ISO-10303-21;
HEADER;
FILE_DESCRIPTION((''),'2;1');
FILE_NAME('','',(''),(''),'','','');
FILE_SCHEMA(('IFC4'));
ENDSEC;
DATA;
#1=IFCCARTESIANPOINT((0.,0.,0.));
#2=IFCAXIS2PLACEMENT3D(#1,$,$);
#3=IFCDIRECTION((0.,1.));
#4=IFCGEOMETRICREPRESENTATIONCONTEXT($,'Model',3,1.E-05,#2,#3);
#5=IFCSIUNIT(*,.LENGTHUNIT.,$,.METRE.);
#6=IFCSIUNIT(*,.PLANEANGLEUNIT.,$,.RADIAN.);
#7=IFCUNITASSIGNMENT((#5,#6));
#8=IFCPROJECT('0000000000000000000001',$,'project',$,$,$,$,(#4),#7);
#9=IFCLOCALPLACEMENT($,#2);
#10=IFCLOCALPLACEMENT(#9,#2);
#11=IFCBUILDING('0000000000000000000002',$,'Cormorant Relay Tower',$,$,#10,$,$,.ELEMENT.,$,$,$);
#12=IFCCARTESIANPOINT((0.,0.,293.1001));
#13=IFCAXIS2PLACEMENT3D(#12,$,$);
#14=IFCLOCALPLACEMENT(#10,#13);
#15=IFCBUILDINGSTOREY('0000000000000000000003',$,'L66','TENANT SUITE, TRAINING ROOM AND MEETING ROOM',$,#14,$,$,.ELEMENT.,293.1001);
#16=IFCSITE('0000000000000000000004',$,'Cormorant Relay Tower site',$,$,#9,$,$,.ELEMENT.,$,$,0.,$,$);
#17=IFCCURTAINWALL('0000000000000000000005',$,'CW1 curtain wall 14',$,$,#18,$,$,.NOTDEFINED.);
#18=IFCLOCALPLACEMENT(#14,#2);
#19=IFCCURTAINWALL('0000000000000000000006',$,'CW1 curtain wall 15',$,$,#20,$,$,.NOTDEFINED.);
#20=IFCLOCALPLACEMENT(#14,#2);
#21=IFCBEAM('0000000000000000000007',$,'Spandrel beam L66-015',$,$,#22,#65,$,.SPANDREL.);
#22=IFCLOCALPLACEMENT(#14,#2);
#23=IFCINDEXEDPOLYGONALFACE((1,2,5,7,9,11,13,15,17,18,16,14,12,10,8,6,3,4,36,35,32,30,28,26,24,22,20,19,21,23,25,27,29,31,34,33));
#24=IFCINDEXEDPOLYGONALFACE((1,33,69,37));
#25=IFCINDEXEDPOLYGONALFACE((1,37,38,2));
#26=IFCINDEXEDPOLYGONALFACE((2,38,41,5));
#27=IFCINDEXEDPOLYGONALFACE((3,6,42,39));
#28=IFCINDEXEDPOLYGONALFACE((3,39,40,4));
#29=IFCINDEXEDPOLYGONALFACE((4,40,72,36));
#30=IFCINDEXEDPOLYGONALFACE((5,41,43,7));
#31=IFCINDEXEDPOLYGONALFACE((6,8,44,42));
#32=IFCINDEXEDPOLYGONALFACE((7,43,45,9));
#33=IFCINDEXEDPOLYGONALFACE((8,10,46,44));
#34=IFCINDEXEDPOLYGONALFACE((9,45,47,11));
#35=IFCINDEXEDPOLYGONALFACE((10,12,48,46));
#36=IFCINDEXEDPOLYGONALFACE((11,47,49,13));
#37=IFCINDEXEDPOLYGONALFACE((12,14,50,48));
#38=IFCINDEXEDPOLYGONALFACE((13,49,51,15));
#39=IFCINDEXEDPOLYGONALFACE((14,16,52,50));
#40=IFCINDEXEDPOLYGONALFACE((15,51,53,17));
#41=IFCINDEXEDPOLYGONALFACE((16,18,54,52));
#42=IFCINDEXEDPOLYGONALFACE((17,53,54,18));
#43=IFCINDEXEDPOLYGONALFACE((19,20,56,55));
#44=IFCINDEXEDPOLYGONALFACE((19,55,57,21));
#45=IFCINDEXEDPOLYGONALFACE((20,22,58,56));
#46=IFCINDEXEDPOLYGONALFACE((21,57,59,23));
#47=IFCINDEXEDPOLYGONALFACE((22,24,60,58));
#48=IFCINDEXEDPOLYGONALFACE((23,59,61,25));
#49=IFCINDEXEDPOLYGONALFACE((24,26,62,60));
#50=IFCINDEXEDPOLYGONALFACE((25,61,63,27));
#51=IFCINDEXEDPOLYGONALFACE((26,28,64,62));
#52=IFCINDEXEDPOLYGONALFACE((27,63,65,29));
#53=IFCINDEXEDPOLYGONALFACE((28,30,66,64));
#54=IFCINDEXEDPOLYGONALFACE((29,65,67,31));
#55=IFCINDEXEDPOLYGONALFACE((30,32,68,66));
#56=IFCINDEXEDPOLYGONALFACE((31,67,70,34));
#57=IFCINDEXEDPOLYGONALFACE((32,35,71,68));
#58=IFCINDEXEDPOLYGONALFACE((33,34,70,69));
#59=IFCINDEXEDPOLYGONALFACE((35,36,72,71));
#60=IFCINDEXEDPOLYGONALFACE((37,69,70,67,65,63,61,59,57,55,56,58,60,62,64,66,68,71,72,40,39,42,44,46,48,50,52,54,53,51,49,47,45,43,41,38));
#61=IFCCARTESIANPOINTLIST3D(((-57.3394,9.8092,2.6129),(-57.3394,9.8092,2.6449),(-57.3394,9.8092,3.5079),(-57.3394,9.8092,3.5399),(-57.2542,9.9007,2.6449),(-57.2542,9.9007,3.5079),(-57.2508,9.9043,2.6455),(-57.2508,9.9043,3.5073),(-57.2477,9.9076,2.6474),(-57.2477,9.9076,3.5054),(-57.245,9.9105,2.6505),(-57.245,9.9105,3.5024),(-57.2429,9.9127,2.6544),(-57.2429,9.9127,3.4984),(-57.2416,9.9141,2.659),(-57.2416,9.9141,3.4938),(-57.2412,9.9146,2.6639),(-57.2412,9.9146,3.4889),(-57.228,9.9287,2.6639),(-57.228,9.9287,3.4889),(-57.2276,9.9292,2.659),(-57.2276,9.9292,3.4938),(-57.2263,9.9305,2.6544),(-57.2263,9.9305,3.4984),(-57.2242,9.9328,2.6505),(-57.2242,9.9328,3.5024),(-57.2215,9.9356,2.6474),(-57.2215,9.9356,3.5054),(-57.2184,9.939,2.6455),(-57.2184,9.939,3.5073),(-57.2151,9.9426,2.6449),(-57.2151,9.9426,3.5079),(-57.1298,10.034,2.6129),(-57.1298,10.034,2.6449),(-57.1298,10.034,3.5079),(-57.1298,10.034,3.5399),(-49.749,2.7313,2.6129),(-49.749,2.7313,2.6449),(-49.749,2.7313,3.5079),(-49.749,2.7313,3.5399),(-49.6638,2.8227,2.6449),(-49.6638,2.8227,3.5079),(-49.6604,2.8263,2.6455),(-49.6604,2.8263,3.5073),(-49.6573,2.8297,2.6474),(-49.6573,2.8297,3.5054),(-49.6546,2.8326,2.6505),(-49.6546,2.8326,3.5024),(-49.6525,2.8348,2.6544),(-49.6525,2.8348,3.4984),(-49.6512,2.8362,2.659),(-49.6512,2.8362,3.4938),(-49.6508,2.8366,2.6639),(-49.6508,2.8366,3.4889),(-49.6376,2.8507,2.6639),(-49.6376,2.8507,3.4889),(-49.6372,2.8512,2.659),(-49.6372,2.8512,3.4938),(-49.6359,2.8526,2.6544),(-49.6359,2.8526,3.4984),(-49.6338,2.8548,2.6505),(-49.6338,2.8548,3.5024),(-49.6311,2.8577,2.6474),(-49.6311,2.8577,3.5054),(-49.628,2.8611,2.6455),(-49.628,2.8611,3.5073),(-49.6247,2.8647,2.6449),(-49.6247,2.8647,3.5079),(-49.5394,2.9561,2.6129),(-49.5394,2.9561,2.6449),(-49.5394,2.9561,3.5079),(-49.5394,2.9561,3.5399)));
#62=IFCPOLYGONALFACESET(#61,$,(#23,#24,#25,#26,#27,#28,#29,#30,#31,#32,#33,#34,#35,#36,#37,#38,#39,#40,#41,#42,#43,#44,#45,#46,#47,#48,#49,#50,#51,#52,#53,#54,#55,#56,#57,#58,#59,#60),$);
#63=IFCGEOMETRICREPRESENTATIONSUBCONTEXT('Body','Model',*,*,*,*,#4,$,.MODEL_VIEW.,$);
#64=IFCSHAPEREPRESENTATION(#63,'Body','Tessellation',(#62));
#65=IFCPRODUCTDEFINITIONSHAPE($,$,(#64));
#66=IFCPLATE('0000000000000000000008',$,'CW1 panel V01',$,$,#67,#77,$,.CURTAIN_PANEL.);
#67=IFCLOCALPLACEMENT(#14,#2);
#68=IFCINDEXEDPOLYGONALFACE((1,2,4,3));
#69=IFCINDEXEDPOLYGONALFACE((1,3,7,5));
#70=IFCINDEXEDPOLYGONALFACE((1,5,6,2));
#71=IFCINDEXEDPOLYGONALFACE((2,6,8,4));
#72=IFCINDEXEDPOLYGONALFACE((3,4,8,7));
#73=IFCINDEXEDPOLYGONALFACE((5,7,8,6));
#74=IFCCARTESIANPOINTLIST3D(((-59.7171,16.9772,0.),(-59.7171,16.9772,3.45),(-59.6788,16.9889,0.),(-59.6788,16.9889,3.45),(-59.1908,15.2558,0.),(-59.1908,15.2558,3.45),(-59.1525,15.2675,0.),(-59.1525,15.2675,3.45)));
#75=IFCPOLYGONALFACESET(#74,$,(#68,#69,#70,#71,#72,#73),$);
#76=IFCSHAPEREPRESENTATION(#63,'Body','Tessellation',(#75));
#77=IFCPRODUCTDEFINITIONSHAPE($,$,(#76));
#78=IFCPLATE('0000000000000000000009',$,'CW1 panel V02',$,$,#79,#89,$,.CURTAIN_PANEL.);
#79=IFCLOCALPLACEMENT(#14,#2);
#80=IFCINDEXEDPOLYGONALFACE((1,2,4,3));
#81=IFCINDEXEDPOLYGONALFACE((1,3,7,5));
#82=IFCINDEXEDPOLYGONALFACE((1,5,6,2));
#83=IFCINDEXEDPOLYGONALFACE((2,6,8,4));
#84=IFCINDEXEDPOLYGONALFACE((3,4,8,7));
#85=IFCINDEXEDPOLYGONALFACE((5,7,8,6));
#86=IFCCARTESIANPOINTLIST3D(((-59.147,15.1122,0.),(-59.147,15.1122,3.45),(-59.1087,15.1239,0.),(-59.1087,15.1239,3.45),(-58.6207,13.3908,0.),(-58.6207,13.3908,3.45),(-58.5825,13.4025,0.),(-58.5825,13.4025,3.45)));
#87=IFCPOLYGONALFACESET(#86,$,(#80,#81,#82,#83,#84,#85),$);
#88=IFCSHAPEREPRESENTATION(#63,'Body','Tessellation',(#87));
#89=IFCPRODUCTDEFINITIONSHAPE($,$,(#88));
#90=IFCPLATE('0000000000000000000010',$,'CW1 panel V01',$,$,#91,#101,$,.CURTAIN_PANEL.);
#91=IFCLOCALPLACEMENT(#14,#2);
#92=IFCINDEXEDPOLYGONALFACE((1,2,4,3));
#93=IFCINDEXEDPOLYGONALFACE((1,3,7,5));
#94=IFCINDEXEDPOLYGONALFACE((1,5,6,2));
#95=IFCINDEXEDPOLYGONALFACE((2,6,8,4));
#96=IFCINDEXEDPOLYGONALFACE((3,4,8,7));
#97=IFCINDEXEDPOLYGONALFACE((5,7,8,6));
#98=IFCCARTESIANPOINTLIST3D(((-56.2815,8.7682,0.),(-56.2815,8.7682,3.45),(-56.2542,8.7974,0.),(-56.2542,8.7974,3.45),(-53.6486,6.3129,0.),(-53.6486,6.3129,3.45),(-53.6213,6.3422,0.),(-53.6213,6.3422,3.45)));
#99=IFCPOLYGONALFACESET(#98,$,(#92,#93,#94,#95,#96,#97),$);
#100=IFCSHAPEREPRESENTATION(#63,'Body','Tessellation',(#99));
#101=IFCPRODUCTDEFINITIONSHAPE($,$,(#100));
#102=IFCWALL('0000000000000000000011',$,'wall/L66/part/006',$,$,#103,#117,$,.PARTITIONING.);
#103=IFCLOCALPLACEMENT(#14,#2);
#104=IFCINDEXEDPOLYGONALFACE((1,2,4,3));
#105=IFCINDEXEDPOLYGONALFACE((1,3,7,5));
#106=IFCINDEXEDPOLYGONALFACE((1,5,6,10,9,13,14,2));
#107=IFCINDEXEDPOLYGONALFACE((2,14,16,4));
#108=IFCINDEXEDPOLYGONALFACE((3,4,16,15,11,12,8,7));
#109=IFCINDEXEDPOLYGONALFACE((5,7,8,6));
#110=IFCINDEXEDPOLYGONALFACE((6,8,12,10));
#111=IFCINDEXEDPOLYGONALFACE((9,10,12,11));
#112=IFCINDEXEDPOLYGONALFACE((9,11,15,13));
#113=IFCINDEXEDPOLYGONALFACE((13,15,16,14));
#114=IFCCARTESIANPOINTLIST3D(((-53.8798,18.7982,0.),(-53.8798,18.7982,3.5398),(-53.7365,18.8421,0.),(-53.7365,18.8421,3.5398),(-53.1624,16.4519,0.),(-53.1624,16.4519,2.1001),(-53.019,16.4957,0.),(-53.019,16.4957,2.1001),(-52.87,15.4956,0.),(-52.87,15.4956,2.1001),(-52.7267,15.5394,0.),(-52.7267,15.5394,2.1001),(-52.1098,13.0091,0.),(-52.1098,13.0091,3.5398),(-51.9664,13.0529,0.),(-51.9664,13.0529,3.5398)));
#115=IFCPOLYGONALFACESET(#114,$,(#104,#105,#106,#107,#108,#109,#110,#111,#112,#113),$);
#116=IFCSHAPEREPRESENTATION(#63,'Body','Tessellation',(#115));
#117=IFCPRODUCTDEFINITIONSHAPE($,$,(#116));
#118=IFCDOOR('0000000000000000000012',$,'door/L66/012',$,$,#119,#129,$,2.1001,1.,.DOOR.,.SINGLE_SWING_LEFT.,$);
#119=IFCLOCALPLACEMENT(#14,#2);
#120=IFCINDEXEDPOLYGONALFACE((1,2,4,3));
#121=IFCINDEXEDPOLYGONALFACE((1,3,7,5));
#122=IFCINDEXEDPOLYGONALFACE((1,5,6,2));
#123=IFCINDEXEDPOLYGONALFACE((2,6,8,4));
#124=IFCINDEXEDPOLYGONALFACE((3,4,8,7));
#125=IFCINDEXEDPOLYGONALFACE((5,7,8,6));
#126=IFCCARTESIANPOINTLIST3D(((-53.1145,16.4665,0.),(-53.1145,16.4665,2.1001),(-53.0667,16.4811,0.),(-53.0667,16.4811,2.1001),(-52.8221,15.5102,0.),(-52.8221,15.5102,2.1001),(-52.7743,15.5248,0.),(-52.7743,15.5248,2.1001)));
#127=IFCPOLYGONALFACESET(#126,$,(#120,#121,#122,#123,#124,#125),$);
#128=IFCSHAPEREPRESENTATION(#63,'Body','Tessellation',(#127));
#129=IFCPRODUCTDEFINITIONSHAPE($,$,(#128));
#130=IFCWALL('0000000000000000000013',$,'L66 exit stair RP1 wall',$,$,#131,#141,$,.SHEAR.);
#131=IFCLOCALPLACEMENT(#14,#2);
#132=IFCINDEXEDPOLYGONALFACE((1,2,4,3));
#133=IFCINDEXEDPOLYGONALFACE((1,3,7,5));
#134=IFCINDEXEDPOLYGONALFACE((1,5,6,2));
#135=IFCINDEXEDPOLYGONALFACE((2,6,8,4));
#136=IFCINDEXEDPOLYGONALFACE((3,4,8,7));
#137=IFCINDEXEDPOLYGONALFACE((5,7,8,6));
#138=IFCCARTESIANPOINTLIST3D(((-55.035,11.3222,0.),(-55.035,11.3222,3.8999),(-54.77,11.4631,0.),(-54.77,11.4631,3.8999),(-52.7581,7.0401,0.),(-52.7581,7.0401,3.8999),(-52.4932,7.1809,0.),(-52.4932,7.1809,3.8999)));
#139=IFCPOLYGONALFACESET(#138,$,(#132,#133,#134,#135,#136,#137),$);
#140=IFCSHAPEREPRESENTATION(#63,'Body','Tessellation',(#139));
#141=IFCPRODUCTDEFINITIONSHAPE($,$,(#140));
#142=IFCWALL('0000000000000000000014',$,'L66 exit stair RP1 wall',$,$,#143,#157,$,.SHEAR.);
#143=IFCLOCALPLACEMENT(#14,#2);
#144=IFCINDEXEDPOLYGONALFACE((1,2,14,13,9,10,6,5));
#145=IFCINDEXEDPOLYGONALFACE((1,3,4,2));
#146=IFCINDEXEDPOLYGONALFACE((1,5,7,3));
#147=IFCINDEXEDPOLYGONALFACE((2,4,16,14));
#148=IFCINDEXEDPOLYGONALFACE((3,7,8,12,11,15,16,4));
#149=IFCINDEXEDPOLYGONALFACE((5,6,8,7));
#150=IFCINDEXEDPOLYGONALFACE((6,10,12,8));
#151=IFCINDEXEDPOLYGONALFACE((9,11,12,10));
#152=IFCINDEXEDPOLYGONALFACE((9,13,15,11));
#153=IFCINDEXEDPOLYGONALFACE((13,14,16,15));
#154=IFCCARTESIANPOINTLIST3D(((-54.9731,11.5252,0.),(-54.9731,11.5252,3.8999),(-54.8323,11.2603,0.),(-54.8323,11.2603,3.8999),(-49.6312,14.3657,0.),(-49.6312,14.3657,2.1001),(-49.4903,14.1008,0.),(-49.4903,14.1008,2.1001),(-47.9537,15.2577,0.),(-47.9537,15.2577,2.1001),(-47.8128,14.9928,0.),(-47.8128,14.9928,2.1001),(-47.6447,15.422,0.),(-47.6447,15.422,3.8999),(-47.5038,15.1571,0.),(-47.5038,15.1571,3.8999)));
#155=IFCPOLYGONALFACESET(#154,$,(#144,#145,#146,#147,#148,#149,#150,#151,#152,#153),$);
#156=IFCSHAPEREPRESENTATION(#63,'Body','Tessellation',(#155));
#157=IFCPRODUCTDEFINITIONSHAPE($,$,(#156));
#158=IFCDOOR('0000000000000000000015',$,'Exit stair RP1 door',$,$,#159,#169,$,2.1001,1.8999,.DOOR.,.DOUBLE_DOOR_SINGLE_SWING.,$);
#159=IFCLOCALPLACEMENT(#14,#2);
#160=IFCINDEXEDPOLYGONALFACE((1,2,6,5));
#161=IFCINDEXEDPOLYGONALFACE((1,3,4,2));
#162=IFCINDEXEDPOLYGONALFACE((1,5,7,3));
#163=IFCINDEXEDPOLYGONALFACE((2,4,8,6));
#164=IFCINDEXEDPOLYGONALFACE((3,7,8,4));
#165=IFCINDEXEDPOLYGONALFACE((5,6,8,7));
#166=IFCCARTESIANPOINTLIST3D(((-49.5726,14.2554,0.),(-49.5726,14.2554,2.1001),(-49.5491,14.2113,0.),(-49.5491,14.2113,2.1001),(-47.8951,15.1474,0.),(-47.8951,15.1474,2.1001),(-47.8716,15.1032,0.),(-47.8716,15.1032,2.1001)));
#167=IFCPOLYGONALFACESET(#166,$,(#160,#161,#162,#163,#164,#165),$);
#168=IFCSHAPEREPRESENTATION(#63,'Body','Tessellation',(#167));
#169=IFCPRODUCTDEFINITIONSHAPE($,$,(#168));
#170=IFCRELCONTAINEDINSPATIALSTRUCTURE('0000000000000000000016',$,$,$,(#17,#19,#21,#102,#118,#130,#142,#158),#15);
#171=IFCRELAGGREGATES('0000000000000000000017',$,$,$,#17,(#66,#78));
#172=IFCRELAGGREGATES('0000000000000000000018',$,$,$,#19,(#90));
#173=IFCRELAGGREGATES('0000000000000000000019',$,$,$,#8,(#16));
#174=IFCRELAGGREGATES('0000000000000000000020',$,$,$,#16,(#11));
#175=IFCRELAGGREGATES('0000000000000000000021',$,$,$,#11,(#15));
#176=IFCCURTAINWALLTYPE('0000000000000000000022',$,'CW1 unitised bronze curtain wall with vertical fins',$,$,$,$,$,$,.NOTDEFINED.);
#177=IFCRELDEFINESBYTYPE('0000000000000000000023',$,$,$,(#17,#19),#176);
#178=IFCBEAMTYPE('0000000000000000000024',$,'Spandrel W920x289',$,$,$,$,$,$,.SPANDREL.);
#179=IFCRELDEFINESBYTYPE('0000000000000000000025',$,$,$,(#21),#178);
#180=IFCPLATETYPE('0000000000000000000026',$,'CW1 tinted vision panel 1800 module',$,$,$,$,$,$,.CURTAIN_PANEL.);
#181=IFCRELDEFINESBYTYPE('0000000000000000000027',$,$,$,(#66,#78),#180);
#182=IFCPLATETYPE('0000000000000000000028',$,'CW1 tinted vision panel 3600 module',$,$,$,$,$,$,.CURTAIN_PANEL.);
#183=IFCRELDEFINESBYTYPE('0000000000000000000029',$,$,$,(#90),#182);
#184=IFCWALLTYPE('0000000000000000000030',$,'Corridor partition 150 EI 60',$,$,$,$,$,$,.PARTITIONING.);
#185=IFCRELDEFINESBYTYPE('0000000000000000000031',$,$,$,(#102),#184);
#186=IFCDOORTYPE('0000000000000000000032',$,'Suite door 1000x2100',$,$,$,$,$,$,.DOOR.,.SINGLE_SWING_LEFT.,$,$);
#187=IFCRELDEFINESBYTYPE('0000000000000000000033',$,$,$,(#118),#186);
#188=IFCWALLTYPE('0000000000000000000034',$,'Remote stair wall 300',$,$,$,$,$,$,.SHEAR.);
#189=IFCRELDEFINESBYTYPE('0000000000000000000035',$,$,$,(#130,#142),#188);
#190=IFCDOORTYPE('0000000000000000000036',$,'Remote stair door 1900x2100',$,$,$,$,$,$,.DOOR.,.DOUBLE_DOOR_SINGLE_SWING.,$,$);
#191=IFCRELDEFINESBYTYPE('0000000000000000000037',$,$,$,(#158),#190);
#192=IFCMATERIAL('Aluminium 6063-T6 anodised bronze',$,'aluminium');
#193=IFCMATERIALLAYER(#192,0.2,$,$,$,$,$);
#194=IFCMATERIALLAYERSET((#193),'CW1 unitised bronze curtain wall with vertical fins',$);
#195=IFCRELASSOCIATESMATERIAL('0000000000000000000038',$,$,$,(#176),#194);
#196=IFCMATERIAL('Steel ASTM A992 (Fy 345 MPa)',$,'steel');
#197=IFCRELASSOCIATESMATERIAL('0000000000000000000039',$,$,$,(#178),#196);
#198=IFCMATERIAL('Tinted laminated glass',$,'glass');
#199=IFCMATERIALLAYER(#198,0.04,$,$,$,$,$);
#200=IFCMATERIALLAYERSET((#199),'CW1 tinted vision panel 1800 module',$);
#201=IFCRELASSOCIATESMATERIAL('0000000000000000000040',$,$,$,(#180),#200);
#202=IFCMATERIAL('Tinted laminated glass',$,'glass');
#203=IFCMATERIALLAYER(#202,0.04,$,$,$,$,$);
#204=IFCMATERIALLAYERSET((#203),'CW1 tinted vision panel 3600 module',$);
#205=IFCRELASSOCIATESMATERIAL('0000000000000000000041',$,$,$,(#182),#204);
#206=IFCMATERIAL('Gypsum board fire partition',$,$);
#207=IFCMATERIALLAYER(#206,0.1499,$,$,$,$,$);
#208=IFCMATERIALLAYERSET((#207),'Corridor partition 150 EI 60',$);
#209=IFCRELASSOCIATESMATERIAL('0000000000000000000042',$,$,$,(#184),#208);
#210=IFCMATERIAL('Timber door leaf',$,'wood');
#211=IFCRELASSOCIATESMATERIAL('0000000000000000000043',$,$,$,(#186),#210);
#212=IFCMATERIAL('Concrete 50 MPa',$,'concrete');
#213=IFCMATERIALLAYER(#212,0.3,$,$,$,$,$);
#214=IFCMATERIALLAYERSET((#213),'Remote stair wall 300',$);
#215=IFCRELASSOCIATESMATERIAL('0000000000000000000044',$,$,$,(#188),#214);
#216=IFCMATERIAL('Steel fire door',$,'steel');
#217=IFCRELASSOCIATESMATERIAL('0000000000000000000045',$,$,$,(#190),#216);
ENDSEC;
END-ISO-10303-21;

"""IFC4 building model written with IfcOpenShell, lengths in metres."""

from ifc_helpers import new_model, si_unit, direction, frame, frame_2d, origin, origin_2d, place, context, subcontext, project, spatial, rectangle, i_section, extrude, material, layer, layer_set, material_profile, profile_set, type_object, element, fill, aggregate, save


model = new_model("IFC4")

# Units and contexts
model_context = context("Model", 3, precision=1e-05, world=origin(), true_north=direction((0.0, 1.0)))
body_context = subcontext(model_context, "Body", "Model", "MODEL_VIEW")
ifc_project = project(units=[si_unit("LENGTHUNIT", "METRE"), si_unit("PLANEANGLEUNIT", "RADIAN")], contexts=[model_context])

# Site, building, storey
site_placement = place(None, origin())
site = spatial("IfcSite", under=ifc_project, at=site_placement, Name="Cormorant Relay Tower site", CompositionType="ELEMENT", RefElevation=0.0)
building_placement = place(site_placement, origin())
building = spatial("IfcBuilding", under=site, at=building_placement, Name="Cormorant Relay Tower", CompositionType="ELEMENT")
storey_placement = place(building_placement, frame((0.0, 0.0, 293.1001)))
storey = spatial("IfcBuildingStorey", under=building, at=storey_placement, Name="L66", Description="TENANT SUITE, TRAINING ROOM AND MEETING ROOM", CompositionType="ELEMENT", Elevation=293.1001)

# Curtain wall
ifc_material_1 = material(Name="Aluminium 6063-T6 anodised bronze", Category="aluminium")
ifc_layer_1 = layer(ifc_material_1, 0.2)
ifc_layer_set_1 = layer_set([ifc_layer_1], Name="CW1 unitised bronze curtain wall with vertical fins")
curtain_wall_type = type_object("IfcCurtainWallType", Name="CW1 unitised bronze curtain wall with vertical fins", PredefinedType="NOTDEFINED", material=ifc_layer_set_1)
curtain_wall_1_placement = place(storey_placement, origin())
curtain_wall_1 = element("IfcCurtainWall", 1, at=curtain_wall_1_placement, inside=storey, type_object=curtain_wall_type, Name="CW1 curtain wall 14", PredefinedType="NOTDEFINED")

# Curtain wall
curtain_wall_2_placement = place(storey_placement, origin())
curtain_wall_2 = element("IfcCurtainWall", 2, at=curtain_wall_2_placement, inside=storey, type_object=curtain_wall_type, Name="CW1 curtain wall 15", PredefinedType="NOTDEFINED")

# Beam
ifc_material_2 = material(Name="Steel ASTM A992 (Fy 345 MPa)", Category="steel")
ifc_material_profile_1 = material_profile(ifc_material_2, i_section(OverallWidth=0.3074, OverallDepth=0.927, WebThickness=0.0193, FlangeThickness=0.032, FilletRadius=0.019, at=origin_2d()), Name="W920x289")
ifc_profile_set_1 = profile_set([ifc_material_profile_1], Name="Steel ASTM A992 (Fy 345 MPa)")
beam_type = type_object("IfcBeamType", Name="Spandrel W920x289", PredefinedType="SPANDREL", material=ifc_profile_set_1)
beam_placement = place(storey_placement, frame((-57.2346, 9.9216, 3.0764), z_axis=(0.731364, -0.681987, 0.0), x_axis=(0.681987, 0.731364, 0.0)))
element("IfcBeam", 3, at=beam_placement, inside=storey, type_object=beam_type, Name="Spandrel beam L66-015", PredefinedType="SPANDREL", context=body_context, shape_type="SweptSolid", body=[
    extrude(i_section(OverallWidth=0.3074, OverallDepth=0.927, WebThickness=0.0193, FlangeThickness=0.032, FilletRadius=0.019, at=origin_2d()), origin(), (0.0, 0.0, 1.0), 10.3784),
])

# Plates
ifc_material_3 = material(Name="Tinted laminated glass", Category="glass")
ifc_layer_2 = layer(ifc_material_3, 0.04)
ifc_layer_set_2 = layer_set([ifc_layer_2], Name="CW1 tinted vision panel 1800 module")
plate_type_1 = type_object("IfcPlateType", Name="CW1 tinted vision panel 1800 module", PredefinedType="CURTAIN_PANEL", material=ifc_layer_set_2)
plate_1_placement = place(storey_placement, frame((-59.4348, 16.1223, 0.0), z_axis=(0.0, 0.0, 1.0), x_axis=(0.292372, -0.956305, 0.0)))
plate_1 = element("IfcPlate", 4, at=plate_1_placement, type_object=plate_type_1, Name="CW1 panel V01", PredefinedType="CURTAIN_PANEL", context=body_context, shape_type="SweptSolid", body=[
    extrude(rectangle(XDim=1.8, YDim=0.04, at=origin_2d()), origin(), (0.0, 0.0, 1.0), 3.45),
])
plate_2_placement = place(storey_placement, frame((-58.8647, 14.2573, 0.0), z_axis=(0.0, 0.0, 1.0), x_axis=(0.292372, -0.956305, 0.0)))
plate_2 = element("IfcPlate", 5, at=plate_2_placement, type_object=plate_type_1, Name="CW1 panel V02", PredefinedType="CURTAIN_PANEL", context=body_context, shape_type="SweptSolid", body=[
    extrude(rectangle(XDim=1.8, YDim=0.04, at=origin_2d()), origin(), (0.0, 0.0, 1.0), 3.45),
])
ifc_material_4 = material(Name="Tinted laminated glass", Category="glass")
ifc_layer_3 = layer(ifc_material_4, 0.04)
ifc_layer_set_3 = layer_set([ifc_layer_3], Name="CW1 tinted vision panel 3600 module")
plate_type_2 = type_object("IfcPlateType", Name="CW1 tinted vision panel 3600 module", PredefinedType="CURTAIN_PANEL", material=ifc_layer_set_3)
plate_3_placement = place(storey_placement, frame((-54.9514, 7.5552, 0.0), z_axis=(0.0, 0.0, 1.0), x_axis=(0.731354, -0.681998, 0.0)))
plate_3 = element("IfcPlate", 6, at=plate_3_placement, type_object=plate_type_2, Name="CW1 panel V01", PredefinedType="CURTAIN_PANEL", context=body_context, shape_type="SweptSolid", body=[
    extrude(rectangle(XDim=3.6001, YDim=0.04, at=origin_2d()), origin(), (0.0, 0.0, 1.0), 3.45),
])

# Wall, opening, door
ifc_material_5 = material(Name="Gypsum board fire partition")
ifc_layer_4 = layer(ifc_material_5, 0.1499)
ifc_layer_set_4 = layer_set([ifc_layer_4], Name="Corridor partition 150 EI 60")
wall_type_1 = type_object("IfcWallType", Name="Corridor partition 150 EI 60", PredefinedType="PARTITIONING", material=ifc_layer_set_4)
wall_1_placement = place(storey_placement, frame((-52.0381, 13.031, 0.0), z_axis=(0.0, 0.0, 1.0), x_axis=(-0.292391, 0.956299, 0.0)))
wall_1 = element("IfcWall", 7, at=wall_1_placement, inside=storey, type_object=wall_type_1, Name="wall/L66/part/006", PredefinedType="PARTITIONING", context=body_context, shape_type="SweptSolid", body=[
    extrude(rectangle(XDim=6.0537, YDim=0.1499, at=frame_2d((3.0269, 0.0))), origin(), (0.0, 0.0, 1.0), 3.5398),
])
opening_1_placement = place(wall_1_placement, frame((2.6001, 0.0, 0.0)))
opening_1 = element("IfcOpeningElement", 8, at=opening_1_placement, cuts=wall_1, PredefinedType="OPENING", context=body_context, shape_type="SweptSolid", body=[
    extrude(rectangle(XDim=1.0, YDim=2.1001, at=frame_2d((0.5, 1.05))), frame((0.0, 0.085, 0.0), z_axis=(0.0, -1.0, 0.0), x_axis=(1.0, 0.0, 0.0)), (0.0, 0.0, 1.0), 0.1699),
])
ifc_material_6 = material(Name="Timber door leaf", Category="wood")
door_type_1 = type_object("IfcDoorType", Name="Suite door 1000x2100", OperationType="SINGLE_SWING_LEFT", PredefinedType="DOOR", material=ifc_material_6)
door_1_placement = place(opening_1_placement, origin())
door_1 = element("IfcDoor", 9, at=door_1_placement, inside=storey, type_object=door_type_1, Name="door/L66/012", OperationType="SINGLE_SWING_LEFT", OverallHeight=2.1001, OverallWidth=1.0, PredefinedType="DOOR", context=body_context, shape_type="SweptSolid", body=[
    extrude(rectangle(XDim=1.0, YDim=2.1001, at=frame_2d((0.5, 1.05))), frame((0.0, 0.0249, 0.0), z_axis=(0.0, -1.0, 0.0), x_axis=(1.0, 0.0, 0.0)), (0.0, 0.0, 1.0), 0.05),
])
fill(opening_1, door_1)

# Wall
ifc_material_7 = material(Name="Concrete 50 MPa", Category="concrete")
ifc_layer_5 = layer(ifc_material_7, 0.3)
ifc_layer_set_5 = layer_set([ifc_layer_5], Name="Remote stair wall 300")
wall_type_2 = type_object("IfcWallType", Name="Remote stair wall 300", PredefinedType="SHEAR", material=ifc_layer_set_5)
wall_2_placement = place(storey_placement, frame((-52.6257, 7.1106, 0.0), z_axis=(0.0, 0.0, 1.0), x_axis=(-0.469464, 0.882951, 0.0)))
element("IfcWall", 10, at=wall_2_placement, inside=storey, type_object=wall_type_2, Name="L66 exit stair RP1 wall", PredefinedType="SHEAR", context=body_context, shape_type="SweptSolid", body=[
    extrude(rectangle(XDim=4.8499, YDim=0.3, at=frame_2d((2.4248, 0.0))), origin(), (0.0, 0.0, 1.0), 3.8999),
])

# Wall, opening, door
wall_3_placement = place(storey_placement, frame((-54.9026, 11.3928, 0.0), z_axis=(0.0, 0.0, 1.0), x_axis=(0.882939, 0.469487, 0.0)))
wall_3 = element("IfcWall", 11, at=wall_3_placement, inside=storey, type_object=wall_type_2, Name="L66 exit stair RP1 wall", PredefinedType="SHEAR", context=body_context, shape_type="SweptSolid", body=[
    extrude(rectangle(XDim=8.3, YDim=0.3, at=frame_2d((4.1499, 0.0))), origin(), (0.0, 0.0, 1.0), 3.8999),
])
opening_2_placement = place(wall_3_placement, frame((6.05, 0.0, 0.0)))
opening_2 = element("IfcOpeningElement", 12, at=opening_2_placement, cuts=wall_3, PredefinedType="OPENING", context=body_context, shape_type="SweptSolid", body=[
    extrude(rectangle(XDim=1.8999, YDim=2.1001, at=frame_2d((0.95, 1.05))), frame((0.0, 0.1599, 0.0), z_axis=(0.0, -1.0, 0.0), x_axis=(1.0, 0.0, 0.0)), (0.0, 0.0, 1.0), 0.3201),
])
ifc_material_8 = material(Name="Steel fire door", Category="steel")
door_type_2 = type_object("IfcDoorType", Name="Remote stair door 1900x2100", OperationType="DOUBLE_DOOR_SINGLE_SWING", PredefinedType="DOOR", material=ifc_material_8)
door_2_placement = place(opening_2_placement, frame((1.8999, 0.0, 0.0), z_axis=(0.0, 0.0, 1.0), x_axis=(-1.0, 0.0, 0.0)))
door_2 = element("IfcDoor", 13, at=door_2_placement, inside=storey, type_object=door_type_2, Name="Exit stair RP1 door", OperationType="DOUBLE_DOOR_SINGLE_SWING", OverallHeight=2.1001, OverallWidth=1.8999, PredefinedType="DOOR", context=body_context, shape_type="SweptSolid", body=[
    extrude(rectangle(XDim=1.8999, YDim=2.1001, at=frame_2d((0.95, 1.05))), frame((0.0, 0.0249, 0.0), z_axis=(0.0, -1.0, 0.0), x_axis=(1.0, 0.0, 0.0)), (0.0, 0.0, 1.0), 0.05),
])
fill(opening_2, door_2)

aggregate(curtain_wall_1, [plate_1, plate_2])
aggregate(curtain_wall_2, [plate_3])

save(model, "model.ifc")
